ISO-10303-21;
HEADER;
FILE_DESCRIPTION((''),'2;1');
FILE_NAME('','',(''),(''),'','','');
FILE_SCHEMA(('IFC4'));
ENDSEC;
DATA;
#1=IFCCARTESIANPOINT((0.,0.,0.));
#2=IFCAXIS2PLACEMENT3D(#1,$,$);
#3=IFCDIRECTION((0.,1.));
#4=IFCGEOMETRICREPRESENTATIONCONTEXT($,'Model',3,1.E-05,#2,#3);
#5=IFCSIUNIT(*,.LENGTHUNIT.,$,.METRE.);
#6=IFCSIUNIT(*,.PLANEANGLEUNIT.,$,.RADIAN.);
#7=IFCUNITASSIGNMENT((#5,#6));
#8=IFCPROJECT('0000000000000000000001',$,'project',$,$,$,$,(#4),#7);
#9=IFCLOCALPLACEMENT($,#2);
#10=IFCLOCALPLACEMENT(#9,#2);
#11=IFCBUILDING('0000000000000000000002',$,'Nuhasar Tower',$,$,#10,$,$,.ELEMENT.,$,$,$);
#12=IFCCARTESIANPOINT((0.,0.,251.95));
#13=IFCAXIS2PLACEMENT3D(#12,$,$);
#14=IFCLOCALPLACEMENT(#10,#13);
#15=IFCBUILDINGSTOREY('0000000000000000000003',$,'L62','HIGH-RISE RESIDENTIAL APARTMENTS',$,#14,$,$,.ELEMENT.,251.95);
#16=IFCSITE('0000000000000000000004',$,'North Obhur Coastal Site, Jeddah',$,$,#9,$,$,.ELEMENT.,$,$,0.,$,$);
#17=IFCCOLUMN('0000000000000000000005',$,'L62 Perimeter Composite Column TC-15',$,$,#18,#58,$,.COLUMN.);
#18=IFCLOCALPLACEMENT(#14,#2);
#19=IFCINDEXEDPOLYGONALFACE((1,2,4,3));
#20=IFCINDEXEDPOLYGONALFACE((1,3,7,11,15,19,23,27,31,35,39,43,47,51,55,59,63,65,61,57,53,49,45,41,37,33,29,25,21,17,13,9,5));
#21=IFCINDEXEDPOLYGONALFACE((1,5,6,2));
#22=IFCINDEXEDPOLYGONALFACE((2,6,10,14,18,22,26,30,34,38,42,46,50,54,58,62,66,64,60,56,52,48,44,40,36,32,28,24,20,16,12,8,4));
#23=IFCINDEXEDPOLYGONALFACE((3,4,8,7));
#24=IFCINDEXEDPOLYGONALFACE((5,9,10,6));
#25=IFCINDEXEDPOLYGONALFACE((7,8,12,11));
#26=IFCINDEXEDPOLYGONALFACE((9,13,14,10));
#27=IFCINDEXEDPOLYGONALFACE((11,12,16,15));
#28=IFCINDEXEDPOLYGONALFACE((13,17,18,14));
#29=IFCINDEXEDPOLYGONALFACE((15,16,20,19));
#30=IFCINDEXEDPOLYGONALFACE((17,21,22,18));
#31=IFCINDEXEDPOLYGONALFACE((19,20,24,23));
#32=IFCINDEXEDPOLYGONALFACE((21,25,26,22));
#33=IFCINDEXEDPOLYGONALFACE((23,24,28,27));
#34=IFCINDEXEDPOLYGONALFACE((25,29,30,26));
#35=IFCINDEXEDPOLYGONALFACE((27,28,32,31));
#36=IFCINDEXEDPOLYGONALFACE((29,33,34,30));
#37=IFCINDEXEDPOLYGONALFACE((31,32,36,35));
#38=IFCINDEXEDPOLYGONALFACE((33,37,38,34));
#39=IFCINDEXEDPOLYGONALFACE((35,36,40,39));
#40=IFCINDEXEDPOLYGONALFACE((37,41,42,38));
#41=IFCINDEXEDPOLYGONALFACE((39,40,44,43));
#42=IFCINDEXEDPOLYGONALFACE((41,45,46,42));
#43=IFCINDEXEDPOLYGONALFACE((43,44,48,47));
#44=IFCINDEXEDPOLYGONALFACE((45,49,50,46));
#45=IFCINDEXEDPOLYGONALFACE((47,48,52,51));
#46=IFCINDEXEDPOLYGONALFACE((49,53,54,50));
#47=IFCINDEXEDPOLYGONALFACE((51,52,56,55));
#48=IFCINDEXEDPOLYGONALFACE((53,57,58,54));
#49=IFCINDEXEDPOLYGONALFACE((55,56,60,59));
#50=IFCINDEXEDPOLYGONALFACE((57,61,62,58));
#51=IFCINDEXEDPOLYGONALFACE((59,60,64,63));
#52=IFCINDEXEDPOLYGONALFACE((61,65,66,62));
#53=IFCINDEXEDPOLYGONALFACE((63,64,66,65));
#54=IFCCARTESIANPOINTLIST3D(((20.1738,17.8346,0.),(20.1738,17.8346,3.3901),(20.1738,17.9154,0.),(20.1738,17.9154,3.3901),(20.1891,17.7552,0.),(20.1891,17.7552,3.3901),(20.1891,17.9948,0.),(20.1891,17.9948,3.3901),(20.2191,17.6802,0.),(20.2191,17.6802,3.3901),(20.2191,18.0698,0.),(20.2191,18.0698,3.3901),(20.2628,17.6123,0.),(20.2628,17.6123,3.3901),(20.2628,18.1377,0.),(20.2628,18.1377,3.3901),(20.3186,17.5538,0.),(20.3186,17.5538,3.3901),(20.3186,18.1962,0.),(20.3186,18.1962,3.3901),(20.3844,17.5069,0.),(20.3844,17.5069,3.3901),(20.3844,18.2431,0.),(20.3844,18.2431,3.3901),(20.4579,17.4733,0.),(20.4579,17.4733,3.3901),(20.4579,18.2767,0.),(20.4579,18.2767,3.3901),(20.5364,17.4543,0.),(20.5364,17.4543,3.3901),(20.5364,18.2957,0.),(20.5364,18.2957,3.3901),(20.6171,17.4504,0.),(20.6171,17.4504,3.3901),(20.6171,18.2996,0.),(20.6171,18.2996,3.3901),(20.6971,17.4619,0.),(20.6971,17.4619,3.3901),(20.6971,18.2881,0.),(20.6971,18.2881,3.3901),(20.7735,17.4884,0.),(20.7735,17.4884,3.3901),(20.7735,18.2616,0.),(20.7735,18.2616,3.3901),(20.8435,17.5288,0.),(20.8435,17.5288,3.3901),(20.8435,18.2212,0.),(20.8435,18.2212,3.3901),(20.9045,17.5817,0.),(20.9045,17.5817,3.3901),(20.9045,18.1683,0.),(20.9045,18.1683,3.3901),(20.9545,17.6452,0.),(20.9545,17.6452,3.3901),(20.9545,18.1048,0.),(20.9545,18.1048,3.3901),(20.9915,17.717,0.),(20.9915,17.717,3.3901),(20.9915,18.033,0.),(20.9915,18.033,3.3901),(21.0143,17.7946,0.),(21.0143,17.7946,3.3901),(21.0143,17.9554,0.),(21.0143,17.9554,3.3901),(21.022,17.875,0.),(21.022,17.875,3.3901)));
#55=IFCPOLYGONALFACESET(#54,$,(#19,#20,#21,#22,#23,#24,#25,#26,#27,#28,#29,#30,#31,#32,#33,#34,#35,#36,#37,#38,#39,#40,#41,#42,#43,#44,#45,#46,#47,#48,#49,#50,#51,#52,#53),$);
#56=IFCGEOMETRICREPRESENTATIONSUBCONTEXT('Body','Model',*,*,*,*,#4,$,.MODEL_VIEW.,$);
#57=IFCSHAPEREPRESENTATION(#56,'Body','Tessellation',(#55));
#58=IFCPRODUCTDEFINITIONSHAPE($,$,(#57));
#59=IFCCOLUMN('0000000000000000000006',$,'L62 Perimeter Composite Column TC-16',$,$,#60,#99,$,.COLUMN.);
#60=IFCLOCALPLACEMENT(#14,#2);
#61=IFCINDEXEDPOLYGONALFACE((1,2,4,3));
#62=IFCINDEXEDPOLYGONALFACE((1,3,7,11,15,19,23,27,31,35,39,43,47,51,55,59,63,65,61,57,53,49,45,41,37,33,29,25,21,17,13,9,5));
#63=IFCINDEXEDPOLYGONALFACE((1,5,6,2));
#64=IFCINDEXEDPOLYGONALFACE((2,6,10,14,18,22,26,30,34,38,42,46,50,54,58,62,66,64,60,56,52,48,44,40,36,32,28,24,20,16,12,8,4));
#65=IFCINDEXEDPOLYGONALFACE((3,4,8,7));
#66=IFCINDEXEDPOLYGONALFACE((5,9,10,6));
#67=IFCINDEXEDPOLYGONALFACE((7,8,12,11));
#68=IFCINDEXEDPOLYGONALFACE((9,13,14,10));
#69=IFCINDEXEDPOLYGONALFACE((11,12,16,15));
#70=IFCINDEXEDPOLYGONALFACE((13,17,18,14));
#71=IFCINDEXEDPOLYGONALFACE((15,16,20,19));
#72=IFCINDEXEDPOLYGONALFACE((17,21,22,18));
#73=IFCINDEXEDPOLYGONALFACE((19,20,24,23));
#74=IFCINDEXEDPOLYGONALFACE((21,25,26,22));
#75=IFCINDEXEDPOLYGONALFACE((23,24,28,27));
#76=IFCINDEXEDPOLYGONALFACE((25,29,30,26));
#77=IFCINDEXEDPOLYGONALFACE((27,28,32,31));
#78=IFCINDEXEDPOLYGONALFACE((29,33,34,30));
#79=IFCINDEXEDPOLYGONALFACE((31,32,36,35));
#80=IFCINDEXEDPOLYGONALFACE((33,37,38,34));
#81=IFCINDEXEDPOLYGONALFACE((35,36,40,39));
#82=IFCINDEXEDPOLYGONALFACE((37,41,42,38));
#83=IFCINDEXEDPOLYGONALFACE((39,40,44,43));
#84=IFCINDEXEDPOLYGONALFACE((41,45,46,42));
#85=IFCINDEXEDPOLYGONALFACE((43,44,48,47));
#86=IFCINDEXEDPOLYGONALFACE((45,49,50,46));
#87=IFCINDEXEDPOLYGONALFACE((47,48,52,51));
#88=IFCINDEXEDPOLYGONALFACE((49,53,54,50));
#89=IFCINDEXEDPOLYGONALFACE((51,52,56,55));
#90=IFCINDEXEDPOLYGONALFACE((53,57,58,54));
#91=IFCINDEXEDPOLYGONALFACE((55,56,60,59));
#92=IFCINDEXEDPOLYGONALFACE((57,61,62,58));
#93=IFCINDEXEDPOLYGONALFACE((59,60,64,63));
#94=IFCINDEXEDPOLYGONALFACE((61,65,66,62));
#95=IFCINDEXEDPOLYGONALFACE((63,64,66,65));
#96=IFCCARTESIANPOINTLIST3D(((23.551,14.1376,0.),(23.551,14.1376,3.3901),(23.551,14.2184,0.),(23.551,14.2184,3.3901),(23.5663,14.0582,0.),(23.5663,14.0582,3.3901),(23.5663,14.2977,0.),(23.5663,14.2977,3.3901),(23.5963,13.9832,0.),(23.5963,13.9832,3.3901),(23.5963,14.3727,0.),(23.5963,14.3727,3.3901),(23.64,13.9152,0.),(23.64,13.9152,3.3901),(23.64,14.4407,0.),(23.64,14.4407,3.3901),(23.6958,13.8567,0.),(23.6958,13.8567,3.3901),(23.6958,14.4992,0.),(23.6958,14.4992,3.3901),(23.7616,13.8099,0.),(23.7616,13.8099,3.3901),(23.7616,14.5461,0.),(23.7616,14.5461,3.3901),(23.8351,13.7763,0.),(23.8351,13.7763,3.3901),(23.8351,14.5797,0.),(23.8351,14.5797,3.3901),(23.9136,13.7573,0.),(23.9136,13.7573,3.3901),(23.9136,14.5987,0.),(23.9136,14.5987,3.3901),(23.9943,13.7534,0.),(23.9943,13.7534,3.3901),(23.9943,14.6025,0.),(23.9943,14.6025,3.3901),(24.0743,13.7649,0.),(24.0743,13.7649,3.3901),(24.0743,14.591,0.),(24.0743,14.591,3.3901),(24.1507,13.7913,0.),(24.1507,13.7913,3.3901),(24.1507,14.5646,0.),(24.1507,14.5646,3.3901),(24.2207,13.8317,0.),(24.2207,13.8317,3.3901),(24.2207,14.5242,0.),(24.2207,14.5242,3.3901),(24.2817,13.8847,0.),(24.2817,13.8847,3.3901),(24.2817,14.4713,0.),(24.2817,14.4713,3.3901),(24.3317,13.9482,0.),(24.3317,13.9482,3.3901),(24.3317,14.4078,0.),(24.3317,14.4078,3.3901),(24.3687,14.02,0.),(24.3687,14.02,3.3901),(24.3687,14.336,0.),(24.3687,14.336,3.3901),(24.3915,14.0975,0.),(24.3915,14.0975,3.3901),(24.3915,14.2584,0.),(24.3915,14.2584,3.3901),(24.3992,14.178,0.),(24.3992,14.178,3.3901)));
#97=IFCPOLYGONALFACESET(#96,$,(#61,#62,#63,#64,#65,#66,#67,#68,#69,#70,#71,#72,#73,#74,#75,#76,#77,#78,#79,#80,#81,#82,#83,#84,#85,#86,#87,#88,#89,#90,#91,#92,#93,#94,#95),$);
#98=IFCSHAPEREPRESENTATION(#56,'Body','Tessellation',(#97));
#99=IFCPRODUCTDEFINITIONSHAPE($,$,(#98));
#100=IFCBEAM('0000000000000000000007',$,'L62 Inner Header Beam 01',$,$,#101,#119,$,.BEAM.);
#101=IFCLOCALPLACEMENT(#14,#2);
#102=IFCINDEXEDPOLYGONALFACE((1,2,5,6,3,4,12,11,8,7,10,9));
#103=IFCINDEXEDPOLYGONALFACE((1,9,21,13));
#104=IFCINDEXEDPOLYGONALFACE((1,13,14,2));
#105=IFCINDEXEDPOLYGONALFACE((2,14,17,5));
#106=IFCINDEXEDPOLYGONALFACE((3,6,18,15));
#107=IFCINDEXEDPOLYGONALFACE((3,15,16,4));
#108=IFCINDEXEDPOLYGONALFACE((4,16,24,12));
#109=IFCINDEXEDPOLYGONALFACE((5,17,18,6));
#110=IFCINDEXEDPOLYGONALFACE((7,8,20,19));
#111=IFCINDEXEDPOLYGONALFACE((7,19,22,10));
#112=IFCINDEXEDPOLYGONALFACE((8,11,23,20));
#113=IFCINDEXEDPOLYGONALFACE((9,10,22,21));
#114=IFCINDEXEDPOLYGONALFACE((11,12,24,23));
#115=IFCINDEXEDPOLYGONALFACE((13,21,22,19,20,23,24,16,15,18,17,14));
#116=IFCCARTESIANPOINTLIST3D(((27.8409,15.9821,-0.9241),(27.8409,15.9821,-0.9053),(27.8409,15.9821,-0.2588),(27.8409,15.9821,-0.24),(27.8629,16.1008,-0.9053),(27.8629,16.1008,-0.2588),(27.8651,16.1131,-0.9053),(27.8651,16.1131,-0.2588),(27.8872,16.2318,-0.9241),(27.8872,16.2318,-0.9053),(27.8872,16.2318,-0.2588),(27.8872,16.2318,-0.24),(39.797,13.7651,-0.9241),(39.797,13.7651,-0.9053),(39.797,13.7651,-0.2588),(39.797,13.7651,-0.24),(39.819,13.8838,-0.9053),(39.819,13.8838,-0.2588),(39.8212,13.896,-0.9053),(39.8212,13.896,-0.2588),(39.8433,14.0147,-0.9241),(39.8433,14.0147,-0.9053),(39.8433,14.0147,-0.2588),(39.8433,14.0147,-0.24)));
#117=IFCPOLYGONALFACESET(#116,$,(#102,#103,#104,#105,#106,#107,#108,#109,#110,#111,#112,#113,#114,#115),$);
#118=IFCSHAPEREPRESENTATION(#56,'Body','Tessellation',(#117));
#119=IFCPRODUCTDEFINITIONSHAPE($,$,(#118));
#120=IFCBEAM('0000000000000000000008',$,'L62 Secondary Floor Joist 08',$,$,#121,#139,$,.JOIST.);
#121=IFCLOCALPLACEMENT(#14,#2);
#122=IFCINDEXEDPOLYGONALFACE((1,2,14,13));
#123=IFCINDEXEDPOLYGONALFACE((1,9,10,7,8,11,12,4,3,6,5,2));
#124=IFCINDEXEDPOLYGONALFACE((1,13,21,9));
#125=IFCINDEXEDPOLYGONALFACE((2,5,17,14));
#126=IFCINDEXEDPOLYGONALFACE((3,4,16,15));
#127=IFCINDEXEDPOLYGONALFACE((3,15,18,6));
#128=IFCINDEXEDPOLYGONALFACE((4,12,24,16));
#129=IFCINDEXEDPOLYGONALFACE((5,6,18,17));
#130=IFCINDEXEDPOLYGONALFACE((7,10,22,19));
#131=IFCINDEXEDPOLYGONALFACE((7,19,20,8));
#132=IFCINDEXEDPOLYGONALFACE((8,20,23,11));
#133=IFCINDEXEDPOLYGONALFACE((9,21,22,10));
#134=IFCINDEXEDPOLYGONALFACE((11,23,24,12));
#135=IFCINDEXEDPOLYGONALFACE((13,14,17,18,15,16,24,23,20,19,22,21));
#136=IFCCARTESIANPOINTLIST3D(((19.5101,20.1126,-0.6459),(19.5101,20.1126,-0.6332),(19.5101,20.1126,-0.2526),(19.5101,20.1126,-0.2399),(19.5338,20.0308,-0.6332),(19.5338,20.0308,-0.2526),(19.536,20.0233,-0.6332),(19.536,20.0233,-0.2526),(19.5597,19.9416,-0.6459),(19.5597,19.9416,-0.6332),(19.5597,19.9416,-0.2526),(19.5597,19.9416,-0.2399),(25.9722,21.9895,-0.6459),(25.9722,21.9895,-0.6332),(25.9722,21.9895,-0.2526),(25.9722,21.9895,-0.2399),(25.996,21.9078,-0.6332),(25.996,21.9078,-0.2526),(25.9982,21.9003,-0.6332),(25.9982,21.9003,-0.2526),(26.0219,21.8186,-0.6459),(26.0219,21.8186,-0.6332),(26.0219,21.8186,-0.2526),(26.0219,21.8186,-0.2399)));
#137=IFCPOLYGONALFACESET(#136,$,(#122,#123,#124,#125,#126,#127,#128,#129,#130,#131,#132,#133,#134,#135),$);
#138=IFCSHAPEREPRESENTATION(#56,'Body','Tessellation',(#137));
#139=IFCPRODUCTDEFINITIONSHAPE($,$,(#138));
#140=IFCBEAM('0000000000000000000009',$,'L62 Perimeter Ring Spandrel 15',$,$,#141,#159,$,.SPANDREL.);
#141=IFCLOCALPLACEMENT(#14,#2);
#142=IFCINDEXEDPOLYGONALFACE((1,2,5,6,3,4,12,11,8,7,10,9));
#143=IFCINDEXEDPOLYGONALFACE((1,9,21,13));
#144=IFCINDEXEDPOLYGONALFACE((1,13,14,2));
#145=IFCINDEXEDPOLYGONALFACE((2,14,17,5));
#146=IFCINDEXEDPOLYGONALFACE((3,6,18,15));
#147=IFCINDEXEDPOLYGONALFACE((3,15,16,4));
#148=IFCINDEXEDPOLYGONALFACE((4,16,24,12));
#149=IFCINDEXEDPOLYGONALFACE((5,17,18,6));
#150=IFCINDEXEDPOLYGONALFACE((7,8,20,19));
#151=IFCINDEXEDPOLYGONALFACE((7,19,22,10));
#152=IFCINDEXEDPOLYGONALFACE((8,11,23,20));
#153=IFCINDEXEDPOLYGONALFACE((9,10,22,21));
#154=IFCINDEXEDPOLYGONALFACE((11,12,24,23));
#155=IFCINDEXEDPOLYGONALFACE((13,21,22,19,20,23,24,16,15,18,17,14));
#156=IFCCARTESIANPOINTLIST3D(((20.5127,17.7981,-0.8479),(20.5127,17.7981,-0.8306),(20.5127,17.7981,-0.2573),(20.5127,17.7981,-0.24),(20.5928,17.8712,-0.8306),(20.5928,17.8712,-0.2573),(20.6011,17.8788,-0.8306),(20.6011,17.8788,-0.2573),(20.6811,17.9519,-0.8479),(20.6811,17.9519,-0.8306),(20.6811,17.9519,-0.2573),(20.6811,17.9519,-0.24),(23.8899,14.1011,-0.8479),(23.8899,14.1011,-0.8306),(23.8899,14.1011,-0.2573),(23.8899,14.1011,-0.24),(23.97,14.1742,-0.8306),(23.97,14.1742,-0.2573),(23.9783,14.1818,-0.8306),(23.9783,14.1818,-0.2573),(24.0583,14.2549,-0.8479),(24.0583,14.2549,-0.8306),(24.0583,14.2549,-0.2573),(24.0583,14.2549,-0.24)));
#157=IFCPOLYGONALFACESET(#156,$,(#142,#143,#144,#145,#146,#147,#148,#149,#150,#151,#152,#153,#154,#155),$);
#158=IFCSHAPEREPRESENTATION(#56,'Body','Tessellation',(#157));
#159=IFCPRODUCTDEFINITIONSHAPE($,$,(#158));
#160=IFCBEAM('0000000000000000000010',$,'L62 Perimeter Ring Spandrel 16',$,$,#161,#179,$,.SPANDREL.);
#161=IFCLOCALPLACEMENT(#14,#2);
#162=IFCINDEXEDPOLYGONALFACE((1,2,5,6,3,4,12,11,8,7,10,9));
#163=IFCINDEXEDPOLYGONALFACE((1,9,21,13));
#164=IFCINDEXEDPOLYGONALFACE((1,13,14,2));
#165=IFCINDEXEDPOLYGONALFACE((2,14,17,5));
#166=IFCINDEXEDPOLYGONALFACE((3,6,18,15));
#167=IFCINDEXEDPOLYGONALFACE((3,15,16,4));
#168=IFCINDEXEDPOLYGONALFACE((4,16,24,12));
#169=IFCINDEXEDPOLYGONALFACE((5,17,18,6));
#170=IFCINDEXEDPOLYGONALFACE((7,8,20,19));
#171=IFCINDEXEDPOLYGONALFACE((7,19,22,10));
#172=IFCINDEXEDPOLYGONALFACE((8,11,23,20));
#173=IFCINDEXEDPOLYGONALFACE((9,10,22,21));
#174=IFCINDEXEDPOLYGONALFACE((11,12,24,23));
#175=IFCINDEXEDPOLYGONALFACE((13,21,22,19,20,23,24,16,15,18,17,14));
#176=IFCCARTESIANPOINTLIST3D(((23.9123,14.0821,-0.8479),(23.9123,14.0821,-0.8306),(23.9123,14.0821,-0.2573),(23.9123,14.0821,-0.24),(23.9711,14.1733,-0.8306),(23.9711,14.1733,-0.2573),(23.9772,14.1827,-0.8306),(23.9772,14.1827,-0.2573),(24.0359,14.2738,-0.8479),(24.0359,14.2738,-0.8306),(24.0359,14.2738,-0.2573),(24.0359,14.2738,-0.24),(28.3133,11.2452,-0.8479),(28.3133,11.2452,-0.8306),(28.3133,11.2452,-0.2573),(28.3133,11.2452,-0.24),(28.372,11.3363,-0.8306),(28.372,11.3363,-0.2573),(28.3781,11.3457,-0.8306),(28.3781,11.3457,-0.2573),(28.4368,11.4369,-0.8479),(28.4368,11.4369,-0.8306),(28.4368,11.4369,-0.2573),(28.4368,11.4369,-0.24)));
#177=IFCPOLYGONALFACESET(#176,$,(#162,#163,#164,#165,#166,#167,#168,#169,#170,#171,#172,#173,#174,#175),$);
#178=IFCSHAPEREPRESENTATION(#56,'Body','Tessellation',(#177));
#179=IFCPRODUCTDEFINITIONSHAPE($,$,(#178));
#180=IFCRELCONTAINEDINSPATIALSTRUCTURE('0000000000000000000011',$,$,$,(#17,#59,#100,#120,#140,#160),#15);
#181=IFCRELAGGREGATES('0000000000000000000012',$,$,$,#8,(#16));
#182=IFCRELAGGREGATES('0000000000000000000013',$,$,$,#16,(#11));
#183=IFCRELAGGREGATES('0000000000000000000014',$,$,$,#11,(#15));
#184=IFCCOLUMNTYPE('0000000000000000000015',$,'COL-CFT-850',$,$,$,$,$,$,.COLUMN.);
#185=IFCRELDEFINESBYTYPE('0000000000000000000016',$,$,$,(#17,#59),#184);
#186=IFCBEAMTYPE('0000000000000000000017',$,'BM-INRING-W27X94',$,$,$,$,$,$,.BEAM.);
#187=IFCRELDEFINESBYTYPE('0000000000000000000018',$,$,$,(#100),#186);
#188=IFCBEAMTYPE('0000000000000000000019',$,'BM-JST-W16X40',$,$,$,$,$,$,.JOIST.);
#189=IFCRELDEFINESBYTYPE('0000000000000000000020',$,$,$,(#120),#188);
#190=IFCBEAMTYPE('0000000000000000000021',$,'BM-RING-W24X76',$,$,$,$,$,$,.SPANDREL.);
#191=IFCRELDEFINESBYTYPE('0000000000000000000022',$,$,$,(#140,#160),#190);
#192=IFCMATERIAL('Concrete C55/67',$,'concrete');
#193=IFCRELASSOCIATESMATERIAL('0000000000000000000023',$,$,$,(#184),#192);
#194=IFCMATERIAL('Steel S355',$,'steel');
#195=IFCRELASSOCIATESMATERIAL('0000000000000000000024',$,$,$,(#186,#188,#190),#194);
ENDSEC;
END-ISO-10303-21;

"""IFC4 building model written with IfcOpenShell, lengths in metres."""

from ifc_helpers import new_model, si_unit, direction, frame, origin, origin_2d, place, context, subcontext, project, spatial, circle, i_section, extrude, material, material_profile, profile_set, type_object, element, save


model = new_model("IFC4")

# Units and contexts
model_context = context("Model", 3, precision=1e-05, world=origin(), true_north=direction((0.0, 1.0)))
body_context = subcontext(model_context, "Body", "Model", "MODEL_VIEW")
ifc_project = project(units=[si_unit("LENGTHUNIT", "METRE"), si_unit("PLANEANGLEUNIT", "RADIAN")], contexts=[model_context])

# Site, building, storey
site_placement = place(None, origin())
site = spatial("IfcSite", under=ifc_project, at=site_placement, Name="North Obhur Coastal Site, Jeddah", CompositionType="ELEMENT", RefElevation=0.0)
building_placement = place(site_placement, origin())
building = spatial("IfcBuilding", under=site, at=building_placement, Name="Nuhasar Tower", CompositionType="ELEMENT")
storey_placement = place(building_placement, frame((0.0, 0.0, 251.95)))
storey = spatial("IfcBuildingStorey", under=building, at=storey_placement, Name="L62", Description="HIGH-RISE RESIDENTIAL APARTMENTS", CompositionType="ELEMENT", Elevation=251.95)

# Columns
ifc_material_1 = material(Name="Concrete C55/67", Category="concrete")
ifc_material_profile_1 = material_profile(ifc_material_1, circle(Radius=0.425, at=origin_2d()), Name="CFT850")
ifc_profile_set_1 = profile_set([ifc_material_profile_1], Name="Concrete C55/67")
column_type = type_object("IfcColumnType", Name="COL-CFT-850", PredefinedType="COLUMN", material=ifc_profile_set_1)
for number, where, z_axis, x_axis, name in (
    (1, (20.5969, 17.875, 0.0), (0.0, 0.0, 1.0), (1.0, 0.0, 0.0), "L62 Perimeter Composite Column TC-15"),
    (2, (23.9741, 14.178, 0.0), (0.0, 0.0, 1.0), (1.0, 0.0, 0.0), "L62 Perimeter Composite Column TC-16"),
):
    element("IfcColumn", number, at=place(storey_placement, frame(where, z_axis=z_axis, x_axis=x_axis)), inside=storey, type_object=column_type, Name=name, PredefinedType="COLUMN", context=body_context, shape_type="SweptSolid", body=[
        extrude(circle(Radius=0.425, at=origin_2d()), origin(), (0.0, 0.0, 1.0), 3.3901),
    ])

# Beams
ifc_material_2 = material(Name="Steel S355", Category="steel")
ifc_material_profile_2 = material_profile(ifc_material_2, i_section(OverallWidth=0.2539, OverallDepth=0.6841, WebThickness=0.0125, FlangeThickness=0.0188, at=origin_2d()), Name="W27X94")
ifc_profile_set_2 = profile_set([ifc_material_profile_2], Name="Steel S355")
beam_type_1 = type_object("IfcBeamType", Name="BM-INRING-W27X94", PredefinedType="BEAM", material=ifc_profile_set_2)
beam_1_placement = place(storey_placement, frame((27.864, 16.1069, -0.582), z_axis=(0.983238, -0.182324, 0.0), x_axis=(0.182324, 0.983238, 0.0)))
element("IfcBeam", 3, at=beam_1_placement, inside=storey, type_object=beam_type_1, Name="L62 Inner Header Beam 01", PredefinedType="BEAM", context=body_context, shape_type="SweptSolid", body=[
    extrude(i_section(OverallWidth=0.2539, OverallDepth=0.6841, WebThickness=0.0125, FlangeThickness=0.0188, at=origin_2d()), origin(), (0.0, 0.0, 1.0), 12.1599),
])
ifc_material_profile_3 = material_profile(ifc_material_2, i_section(OverallWidth=0.178, OverallDepth=0.406, WebThickness=0.0078, FlangeThickness=0.0127, at=origin_2d()), Name="W16X40")
ifc_profile_set_3 = profile_set([ifc_material_profile_3], Name="Steel S355")
beam_type_2 = type_object("IfcBeamType", Name="BM-JST-W16X40", PredefinedType="JOIST", material=ifc_profile_set_3)
beam_2_placement = place(storey_placement, frame((25.9971, 21.9041, -0.4429), z_axis=(-0.960313, -0.278926, 0.0), x_axis=(0.278926, -0.960313, 0.0)))
element("IfcBeam", 4, at=beam_2_placement, inside=storey, type_object=beam_type_2, Name="L62 Secondary Floor Joist 08", PredefinedType="JOIST", context=body_context, shape_type="SweptSolid", body=[
    extrude(i_section(OverallWidth=0.178, OverallDepth=0.406, WebThickness=0.0078, FlangeThickness=0.0127, at=origin_2d()), origin(), (0.0, 0.0, 1.0), 6.7292),
])
ifc_material_profile_4 = material_profile(ifc_material_2, i_section(OverallWidth=0.228, OverallDepth=0.6079, WebThickness=0.0112, FlangeThickness=0.0173, at=origin_2d()), Name="W24X76")
ifc_profile_set_4 = profile_set([ifc_material_profile_4], Name="Steel S355")
beam_type_3 = type_object("IfcBeamType", Name="BM-RING-W24X76", PredefinedType="SPANDREL", material=ifc_profile_set_4)
beam_3_placement = place(storey_placement, frame((20.5969, 17.875, -0.5439), z_axis=(0.67445, -0.738321, 0.0), x_axis=(0.738321, 0.67445, 0.0)))
element("IfcBeam", 5, at=beam_3_placement, inside=storey, type_object=beam_type_3, Name="L62 Perimeter Ring Spandrel 15", PredefinedType="SPANDREL", context=body_context, shape_type="SweptSolid", body=[
    extrude(i_section(OverallWidth=0.228, OverallDepth=0.6079, WebThickness=0.0112, FlangeThickness=0.0173, at=origin_2d()), origin(), (0.0, 0.0, 1.0), 5.0073),
])
beam_4_placement = place(storey_placement, frame((23.9741, 14.178, -0.5439), z_axis=(0.840502, -0.541808, 0.0), x_axis=(0.541808, 0.840502, 0.0)))
element("IfcBeam", 6, at=beam_4_placement, inside=storey, type_object=beam_type_3, Name="L62 Perimeter Ring Spandrel 16", PredefinedType="SPANDREL", context=body_context, shape_type="SweptSolid", body=[
    extrude(i_section(OverallWidth=0.228, OverallDepth=0.6079, WebThickness=0.0112, FlangeThickness=0.0173, at=origin_2d()), origin(), (0.0, 0.0, 1.0), 5.2361),
])

save(model, "model.ifc")
